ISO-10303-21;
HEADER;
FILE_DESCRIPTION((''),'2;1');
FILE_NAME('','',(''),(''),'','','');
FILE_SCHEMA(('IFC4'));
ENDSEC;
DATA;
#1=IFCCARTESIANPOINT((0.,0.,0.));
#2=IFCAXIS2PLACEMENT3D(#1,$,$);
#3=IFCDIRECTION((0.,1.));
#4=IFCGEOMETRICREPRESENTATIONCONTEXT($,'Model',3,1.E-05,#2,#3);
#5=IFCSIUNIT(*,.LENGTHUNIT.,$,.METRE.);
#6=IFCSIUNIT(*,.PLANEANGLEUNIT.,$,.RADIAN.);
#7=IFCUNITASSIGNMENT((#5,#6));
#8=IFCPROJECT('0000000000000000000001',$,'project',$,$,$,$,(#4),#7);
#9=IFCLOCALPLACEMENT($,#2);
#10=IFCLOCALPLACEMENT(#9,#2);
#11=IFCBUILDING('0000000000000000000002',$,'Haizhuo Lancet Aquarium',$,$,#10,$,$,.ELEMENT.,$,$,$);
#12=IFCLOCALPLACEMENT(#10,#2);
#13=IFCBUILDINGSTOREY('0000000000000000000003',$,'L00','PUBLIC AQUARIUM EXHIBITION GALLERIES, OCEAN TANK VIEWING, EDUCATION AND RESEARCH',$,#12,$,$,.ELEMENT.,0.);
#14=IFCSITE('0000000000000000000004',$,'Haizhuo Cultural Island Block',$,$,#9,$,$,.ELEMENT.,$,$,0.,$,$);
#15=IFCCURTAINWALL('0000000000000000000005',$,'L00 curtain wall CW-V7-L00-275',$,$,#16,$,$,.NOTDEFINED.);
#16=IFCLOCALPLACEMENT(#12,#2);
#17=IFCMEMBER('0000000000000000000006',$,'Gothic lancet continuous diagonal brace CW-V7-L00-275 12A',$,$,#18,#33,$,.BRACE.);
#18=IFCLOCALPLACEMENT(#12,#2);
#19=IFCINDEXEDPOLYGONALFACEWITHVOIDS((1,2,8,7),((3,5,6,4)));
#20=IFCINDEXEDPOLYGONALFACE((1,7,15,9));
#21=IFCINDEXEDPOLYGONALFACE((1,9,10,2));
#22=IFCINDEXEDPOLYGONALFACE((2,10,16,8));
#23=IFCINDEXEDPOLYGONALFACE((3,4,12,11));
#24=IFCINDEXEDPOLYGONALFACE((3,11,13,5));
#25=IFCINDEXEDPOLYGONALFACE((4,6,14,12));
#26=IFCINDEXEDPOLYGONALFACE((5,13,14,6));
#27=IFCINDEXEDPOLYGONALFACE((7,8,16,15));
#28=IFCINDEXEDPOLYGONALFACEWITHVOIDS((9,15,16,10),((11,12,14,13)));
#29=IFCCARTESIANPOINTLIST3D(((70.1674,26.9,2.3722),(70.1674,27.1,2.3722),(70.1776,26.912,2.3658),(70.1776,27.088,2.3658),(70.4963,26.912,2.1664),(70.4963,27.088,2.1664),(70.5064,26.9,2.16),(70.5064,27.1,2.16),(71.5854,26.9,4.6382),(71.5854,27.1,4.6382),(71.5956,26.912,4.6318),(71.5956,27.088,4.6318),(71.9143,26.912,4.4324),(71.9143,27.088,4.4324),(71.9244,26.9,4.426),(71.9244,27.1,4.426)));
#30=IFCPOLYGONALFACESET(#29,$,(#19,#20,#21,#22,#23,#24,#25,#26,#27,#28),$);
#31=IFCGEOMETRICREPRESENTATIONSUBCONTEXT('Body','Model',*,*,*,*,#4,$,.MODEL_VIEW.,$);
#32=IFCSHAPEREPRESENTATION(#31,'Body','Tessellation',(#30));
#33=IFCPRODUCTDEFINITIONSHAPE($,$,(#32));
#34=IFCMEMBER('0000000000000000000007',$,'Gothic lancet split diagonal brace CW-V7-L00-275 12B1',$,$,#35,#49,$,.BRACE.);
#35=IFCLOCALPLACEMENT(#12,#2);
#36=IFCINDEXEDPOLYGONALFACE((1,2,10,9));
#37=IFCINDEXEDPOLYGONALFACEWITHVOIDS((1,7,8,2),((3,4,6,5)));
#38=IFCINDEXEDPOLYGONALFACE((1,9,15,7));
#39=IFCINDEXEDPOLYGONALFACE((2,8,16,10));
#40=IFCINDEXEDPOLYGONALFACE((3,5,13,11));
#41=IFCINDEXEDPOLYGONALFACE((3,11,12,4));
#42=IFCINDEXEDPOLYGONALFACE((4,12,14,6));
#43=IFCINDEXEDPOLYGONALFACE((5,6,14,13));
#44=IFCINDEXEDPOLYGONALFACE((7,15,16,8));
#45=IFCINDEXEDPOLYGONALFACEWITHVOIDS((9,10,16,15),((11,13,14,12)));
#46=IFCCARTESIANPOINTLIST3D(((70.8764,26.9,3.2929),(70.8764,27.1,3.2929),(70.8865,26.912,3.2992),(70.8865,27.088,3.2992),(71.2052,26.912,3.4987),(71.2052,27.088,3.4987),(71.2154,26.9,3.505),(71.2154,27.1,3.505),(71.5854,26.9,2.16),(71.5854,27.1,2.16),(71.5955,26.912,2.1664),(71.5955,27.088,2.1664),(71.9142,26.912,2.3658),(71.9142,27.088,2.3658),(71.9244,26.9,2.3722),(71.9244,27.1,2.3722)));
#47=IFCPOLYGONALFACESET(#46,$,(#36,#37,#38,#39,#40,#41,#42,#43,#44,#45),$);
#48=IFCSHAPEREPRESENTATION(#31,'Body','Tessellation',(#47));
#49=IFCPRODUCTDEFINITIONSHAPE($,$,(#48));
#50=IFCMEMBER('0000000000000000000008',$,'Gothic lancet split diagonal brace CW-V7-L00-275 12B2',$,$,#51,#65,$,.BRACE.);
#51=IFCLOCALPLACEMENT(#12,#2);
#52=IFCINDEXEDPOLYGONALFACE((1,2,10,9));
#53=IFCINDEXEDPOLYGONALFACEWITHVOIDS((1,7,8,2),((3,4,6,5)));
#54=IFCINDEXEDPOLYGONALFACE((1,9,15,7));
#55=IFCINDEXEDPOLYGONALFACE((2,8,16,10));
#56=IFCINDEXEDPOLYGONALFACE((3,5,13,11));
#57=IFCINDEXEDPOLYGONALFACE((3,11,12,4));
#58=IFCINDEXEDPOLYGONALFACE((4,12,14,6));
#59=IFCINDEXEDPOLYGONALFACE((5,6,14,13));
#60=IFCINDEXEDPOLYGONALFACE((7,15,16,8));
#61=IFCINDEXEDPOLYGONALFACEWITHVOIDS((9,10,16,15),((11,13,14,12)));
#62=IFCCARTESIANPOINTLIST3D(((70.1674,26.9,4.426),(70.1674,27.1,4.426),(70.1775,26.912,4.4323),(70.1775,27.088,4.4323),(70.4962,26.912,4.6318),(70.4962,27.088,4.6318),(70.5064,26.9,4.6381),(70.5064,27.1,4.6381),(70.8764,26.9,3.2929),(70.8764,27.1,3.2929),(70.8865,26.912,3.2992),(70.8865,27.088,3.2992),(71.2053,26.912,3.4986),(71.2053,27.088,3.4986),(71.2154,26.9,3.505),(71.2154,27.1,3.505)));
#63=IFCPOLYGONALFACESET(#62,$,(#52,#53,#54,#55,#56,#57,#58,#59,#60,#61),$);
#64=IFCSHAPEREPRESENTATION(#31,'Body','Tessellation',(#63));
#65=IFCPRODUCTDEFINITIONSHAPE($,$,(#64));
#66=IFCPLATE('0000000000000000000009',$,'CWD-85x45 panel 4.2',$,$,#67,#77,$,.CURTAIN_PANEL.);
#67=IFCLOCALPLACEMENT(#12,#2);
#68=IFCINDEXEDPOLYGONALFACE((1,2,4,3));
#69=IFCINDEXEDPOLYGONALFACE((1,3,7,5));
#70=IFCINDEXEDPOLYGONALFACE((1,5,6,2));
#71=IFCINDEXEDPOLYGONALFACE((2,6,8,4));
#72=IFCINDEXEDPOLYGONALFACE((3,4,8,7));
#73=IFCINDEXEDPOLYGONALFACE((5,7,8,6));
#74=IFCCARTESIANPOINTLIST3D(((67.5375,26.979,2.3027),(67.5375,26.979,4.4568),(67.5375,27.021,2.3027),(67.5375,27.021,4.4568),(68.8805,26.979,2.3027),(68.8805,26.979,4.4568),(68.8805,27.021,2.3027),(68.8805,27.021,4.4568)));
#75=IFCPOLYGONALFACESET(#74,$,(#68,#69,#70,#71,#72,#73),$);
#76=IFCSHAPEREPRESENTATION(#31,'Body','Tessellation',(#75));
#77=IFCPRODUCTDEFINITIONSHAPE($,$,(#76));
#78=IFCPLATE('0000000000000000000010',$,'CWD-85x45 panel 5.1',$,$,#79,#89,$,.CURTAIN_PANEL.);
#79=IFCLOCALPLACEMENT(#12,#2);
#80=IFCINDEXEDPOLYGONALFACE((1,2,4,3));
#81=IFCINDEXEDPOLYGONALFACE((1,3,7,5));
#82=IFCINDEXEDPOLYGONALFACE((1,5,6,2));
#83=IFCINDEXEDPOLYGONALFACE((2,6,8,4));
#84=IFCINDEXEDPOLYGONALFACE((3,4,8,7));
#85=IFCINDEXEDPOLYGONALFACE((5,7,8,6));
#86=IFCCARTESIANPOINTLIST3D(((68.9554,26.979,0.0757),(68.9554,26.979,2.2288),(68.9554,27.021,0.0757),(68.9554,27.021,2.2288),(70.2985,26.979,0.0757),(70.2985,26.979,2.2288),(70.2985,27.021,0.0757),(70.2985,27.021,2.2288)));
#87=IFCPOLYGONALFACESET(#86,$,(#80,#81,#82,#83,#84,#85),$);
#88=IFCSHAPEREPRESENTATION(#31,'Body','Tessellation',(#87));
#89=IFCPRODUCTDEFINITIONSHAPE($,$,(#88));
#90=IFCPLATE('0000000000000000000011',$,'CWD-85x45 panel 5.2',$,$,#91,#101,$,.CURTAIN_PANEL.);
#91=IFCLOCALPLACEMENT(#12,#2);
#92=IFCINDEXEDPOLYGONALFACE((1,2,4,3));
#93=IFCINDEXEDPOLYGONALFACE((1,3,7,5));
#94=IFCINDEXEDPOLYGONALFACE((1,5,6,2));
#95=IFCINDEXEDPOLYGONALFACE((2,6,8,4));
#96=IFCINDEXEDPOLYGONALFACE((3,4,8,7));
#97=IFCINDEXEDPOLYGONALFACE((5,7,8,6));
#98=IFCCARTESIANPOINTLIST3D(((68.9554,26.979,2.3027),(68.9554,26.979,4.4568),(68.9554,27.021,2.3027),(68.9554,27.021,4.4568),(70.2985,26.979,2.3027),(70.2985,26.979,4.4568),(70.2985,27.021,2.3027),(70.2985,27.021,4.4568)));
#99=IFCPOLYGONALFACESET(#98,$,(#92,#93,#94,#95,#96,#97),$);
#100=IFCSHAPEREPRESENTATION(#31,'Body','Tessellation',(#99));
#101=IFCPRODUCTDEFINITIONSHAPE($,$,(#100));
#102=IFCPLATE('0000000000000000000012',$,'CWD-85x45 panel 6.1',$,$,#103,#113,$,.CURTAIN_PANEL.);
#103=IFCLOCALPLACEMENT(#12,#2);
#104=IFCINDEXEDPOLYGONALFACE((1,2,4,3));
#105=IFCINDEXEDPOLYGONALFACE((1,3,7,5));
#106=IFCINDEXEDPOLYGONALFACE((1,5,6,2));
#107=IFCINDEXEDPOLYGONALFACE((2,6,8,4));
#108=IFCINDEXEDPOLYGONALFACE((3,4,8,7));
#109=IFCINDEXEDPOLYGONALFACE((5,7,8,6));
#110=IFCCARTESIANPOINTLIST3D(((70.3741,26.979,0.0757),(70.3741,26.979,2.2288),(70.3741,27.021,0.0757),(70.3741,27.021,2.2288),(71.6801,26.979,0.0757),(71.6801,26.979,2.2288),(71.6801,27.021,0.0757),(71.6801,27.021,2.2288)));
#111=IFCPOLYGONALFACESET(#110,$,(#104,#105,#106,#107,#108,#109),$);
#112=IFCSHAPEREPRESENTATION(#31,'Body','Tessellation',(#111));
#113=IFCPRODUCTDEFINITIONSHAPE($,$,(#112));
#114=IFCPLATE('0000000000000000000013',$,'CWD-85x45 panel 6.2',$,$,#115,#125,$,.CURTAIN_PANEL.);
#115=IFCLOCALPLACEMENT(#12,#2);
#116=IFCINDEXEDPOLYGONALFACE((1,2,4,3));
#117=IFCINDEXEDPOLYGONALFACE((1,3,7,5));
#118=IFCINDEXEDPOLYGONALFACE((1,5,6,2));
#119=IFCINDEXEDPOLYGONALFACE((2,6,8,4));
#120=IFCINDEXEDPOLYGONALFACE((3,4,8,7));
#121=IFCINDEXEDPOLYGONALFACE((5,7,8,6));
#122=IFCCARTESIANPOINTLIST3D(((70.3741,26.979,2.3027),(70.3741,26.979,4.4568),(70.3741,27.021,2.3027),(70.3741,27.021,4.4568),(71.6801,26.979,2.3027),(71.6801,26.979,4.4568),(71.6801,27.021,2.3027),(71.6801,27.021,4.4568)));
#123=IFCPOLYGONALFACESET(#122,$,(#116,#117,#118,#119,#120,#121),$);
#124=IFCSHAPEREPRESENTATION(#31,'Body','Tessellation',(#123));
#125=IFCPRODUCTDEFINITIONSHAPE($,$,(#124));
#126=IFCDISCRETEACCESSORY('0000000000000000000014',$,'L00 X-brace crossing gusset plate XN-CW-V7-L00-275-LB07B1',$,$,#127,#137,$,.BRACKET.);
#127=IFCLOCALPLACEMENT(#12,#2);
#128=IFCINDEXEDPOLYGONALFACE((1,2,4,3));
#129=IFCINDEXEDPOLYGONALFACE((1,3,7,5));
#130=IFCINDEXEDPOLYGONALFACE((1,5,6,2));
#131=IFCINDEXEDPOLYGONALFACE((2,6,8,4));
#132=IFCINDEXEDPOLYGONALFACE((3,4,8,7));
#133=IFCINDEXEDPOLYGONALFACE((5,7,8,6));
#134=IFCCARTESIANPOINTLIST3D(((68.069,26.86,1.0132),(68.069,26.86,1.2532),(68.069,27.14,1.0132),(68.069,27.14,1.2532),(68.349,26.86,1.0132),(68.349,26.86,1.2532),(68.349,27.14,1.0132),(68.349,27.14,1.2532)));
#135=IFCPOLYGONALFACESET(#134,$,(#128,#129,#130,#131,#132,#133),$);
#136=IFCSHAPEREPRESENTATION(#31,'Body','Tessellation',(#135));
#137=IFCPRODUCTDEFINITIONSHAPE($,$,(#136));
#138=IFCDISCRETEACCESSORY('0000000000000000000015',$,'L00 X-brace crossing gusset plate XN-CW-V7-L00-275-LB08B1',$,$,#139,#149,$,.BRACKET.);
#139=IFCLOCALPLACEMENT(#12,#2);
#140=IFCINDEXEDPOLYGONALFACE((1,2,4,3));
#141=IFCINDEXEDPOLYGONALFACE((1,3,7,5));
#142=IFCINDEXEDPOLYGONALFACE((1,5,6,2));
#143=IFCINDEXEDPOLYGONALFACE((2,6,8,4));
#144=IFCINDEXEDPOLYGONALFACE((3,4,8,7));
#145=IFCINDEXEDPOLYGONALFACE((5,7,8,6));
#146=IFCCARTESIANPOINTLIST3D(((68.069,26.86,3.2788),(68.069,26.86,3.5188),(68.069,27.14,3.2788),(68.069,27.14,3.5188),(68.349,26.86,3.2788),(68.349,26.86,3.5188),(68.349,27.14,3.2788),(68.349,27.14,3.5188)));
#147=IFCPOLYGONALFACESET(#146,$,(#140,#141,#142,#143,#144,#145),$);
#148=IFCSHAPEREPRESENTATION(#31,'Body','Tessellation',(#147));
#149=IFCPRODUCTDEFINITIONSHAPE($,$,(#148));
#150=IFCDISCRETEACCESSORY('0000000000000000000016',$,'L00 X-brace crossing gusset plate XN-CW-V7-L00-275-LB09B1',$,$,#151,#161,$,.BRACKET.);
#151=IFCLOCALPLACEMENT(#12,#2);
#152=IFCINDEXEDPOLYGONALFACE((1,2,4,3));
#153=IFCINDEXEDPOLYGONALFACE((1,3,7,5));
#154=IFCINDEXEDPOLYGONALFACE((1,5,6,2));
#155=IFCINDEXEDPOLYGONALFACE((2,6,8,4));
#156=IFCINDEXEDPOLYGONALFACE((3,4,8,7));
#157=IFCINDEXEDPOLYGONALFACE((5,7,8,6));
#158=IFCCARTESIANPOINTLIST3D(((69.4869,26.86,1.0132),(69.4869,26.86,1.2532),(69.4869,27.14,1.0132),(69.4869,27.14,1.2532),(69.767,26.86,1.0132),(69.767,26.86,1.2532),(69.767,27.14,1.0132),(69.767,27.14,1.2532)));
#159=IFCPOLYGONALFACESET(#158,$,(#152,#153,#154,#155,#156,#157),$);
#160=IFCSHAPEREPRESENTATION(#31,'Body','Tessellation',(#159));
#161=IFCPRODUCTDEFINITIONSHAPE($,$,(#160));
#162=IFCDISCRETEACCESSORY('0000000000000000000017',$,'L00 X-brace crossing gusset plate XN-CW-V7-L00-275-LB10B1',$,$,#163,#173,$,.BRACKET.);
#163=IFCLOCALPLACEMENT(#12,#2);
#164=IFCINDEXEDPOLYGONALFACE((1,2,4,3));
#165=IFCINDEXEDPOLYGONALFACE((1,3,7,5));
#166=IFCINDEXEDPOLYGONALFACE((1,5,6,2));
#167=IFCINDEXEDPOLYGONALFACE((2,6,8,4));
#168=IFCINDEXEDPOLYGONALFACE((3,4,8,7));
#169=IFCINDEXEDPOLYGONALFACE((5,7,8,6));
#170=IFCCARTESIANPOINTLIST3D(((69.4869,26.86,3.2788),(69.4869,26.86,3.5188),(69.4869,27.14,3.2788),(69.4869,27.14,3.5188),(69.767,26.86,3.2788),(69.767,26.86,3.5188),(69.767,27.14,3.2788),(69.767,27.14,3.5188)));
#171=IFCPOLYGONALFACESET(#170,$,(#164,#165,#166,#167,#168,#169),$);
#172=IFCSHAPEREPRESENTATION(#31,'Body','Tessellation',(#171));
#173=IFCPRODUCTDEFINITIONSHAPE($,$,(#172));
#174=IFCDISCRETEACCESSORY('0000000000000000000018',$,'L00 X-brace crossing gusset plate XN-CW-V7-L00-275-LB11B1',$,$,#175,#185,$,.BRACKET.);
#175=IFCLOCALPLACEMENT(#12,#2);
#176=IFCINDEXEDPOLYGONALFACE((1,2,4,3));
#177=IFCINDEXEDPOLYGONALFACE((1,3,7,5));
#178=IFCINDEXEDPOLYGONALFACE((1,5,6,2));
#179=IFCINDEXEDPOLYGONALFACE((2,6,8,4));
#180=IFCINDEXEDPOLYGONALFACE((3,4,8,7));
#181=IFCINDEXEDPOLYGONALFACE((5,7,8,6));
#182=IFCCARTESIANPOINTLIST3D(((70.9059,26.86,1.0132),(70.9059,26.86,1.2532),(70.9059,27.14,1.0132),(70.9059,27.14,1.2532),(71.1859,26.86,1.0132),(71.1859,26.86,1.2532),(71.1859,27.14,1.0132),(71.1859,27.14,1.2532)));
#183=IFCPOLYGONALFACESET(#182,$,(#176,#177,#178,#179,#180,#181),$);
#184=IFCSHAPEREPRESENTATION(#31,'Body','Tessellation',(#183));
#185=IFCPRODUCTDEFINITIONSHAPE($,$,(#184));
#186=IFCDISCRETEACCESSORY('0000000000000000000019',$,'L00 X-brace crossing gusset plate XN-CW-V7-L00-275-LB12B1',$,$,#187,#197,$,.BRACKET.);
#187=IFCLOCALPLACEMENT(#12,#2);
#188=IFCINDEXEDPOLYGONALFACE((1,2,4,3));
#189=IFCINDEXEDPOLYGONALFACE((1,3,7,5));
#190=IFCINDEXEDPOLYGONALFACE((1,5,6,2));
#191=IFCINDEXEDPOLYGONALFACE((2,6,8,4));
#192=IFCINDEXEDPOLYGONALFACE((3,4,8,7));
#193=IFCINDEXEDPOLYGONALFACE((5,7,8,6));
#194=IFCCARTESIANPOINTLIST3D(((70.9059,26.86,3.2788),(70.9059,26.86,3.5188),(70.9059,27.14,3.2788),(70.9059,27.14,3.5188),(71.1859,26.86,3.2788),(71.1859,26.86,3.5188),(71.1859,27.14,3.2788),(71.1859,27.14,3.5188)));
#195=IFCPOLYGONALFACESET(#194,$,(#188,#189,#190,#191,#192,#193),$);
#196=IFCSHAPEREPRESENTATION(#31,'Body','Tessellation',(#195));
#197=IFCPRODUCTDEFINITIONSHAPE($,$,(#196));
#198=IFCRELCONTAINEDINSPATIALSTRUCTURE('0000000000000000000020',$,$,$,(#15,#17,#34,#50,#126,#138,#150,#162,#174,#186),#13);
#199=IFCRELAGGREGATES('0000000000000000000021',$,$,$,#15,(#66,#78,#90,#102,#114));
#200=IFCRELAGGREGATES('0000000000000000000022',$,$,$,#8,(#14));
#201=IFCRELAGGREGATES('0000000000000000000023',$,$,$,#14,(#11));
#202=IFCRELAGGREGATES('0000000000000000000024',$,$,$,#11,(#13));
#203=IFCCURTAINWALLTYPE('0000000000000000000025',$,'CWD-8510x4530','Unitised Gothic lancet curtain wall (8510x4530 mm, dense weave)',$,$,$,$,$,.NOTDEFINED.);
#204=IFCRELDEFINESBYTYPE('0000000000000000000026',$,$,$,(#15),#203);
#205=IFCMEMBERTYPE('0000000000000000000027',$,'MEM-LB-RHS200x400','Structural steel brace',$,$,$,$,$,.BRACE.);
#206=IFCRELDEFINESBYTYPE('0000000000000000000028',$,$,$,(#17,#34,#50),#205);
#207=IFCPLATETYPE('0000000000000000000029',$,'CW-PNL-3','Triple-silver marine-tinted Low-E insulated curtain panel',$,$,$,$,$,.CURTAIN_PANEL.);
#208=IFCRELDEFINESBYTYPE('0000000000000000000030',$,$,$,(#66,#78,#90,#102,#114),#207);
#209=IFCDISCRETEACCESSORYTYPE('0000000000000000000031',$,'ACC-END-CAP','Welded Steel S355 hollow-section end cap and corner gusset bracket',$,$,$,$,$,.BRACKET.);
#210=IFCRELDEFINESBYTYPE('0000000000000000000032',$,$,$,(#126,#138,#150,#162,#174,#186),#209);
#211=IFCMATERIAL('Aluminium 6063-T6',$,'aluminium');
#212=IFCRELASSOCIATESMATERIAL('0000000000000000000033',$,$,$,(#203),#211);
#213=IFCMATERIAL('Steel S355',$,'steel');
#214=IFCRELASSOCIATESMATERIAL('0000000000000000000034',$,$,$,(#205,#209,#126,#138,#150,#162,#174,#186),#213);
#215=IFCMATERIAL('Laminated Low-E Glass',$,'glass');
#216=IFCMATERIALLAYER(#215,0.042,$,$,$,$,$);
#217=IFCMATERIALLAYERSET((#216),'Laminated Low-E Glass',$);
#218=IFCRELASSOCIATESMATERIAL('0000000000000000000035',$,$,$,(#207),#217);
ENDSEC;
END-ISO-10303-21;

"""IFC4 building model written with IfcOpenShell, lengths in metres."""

from ifc_helpers import new_model, si_unit, direction, frame, origin, origin_2d, place, context, subcontext, project, spatial, rectangle, hollow_rectangle, extrude, material, layer, layer_set, material_profile, profile_set, type_object, element, aggregate, save


model = new_model("IFC4")

# Units and contexts
model_context = context("Model", 3, precision=1e-05, world=origin(), true_north=direction((0.0, 1.0)))
body_context = subcontext(model_context, "Body", "Model", "MODEL_VIEW")
ifc_project = project(units=[si_unit("LENGTHUNIT", "METRE"), si_unit("PLANEANGLEUNIT", "RADIAN")], contexts=[model_context])

# Site, building, storey
site_placement = place(None, origin())
site = spatial("IfcSite", under=ifc_project, at=site_placement, Name="Haizhuo Cultural Island Block", CompositionType="ELEMENT", RefElevation=0.0)
building_placement = place(site_placement, origin())
building = spatial("IfcBuilding", under=site, at=building_placement, Name="Haizhuo Lancet Aquarium", CompositionType="ELEMENT")
storey_placement = place(building_placement, origin())
storey = spatial("IfcBuildingStorey", under=building, at=storey_placement, Name="L00", Description="PUBLIC AQUARIUM EXHIBITION GALLERIES, OCEAN TANK VIEWING, EDUCATION AND RESEARCH", CompositionType="ELEMENT", Elevation=0.0)

# Curtain wall
ifc_material_1 = material(Name="Aluminium 6063-T6", Category="aluminium")
curtain_wall_type = type_object("IfcCurtainWallType", Name="CWD-8510x4530", Description="Unitised Gothic lancet curtain wall (8510x4530 mm, dense weave)", PredefinedType="NOTDEFINED", material=ifc_material_1)
curtain_wall_placement = place(storey_placement, origin())
curtain_wall = element("IfcCurtainWall", 1, at=curtain_wall_placement, inside=storey, type_object=curtain_wall_type, Name="L00 curtain wall CW-V7-L00-275", PredefinedType="NOTDEFINED")

# Members
ifc_material_2 = material(Name="Steel S355", Category="steel")
ifc_material_profile_1 = material_profile(ifc_material_2, hollow_rectangle(XDim=0.2, YDim=0.3999, WallThickness=0.012, at=origin_2d()), Name="RHS 200x400x12")
ifc_profile_set_1 = profile_set([ifc_material_profile_1], Name="Steel S355")
member_type_1 = type_object("IfcMemberType", Name="MEM-LB-RHS200x400", Description="Structural steel brace", PredefinedType="BRACE", material=ifc_profile_set_1)
member_1_placement = place(storey_placement, frame((70.3369, 27.0, 2.2661), z_axis=(0.530483, 0.0, 0.847695), x_axis=(0.0, 1.0, 0.0)))
element("IfcMember", 2, at=member_1_placement, inside=storey, type_object=member_type_1, Name="Gothic lancet continuous diagonal brace CW-V7-L00-275 12A", PredefinedType="BRACE", context=body_context, shape_type="SweptSolid", body=[
    extrude(hollow_rectangle(XDim=0.2, YDim=0.3999, WallThickness=0.012, at=origin_2d()), origin(), (0.0, 0.0, 1.0), 2.6731),
])
member_2_placement = place(storey_placement, frame((71.7549, 27.0, 2.2661), z_axis=(-0.530524, 0.0, 0.84767), x_axis=(0.0, -1.0, 0.0)))
element("IfcMember", 3, at=member_2_placement, inside=storey, type_object=member_type_1, Name="Gothic lancet split diagonal brace CW-V7-L00-275 12B1", PredefinedType="BRACE", context=body_context, shape_type="SweptSolid", body=[
    extrude(hollow_rectangle(XDim=0.2, YDim=0.3999, WallThickness=0.012, at=origin_2d()), origin(), (0.0, 0.0, 1.0), 1.3364),
])
member_3_placement = place(storey_placement, frame((71.0459, 27.0, 3.3989), z_axis=(-0.530442, 0.0, 0.847721), x_axis=(0.0, -1.0, 0.0)))
element("IfcMember", 4, at=member_3_placement, inside=storey, type_object=member_type_1, Name="Gothic lancet split diagonal brace CW-V7-L00-275 12B2", PredefinedType="BRACE", context=body_context, shape_type="SweptSolid", body=[
    extrude(hollow_rectangle(XDim=0.2, YDim=0.3999, WallThickness=0.012, at=origin_2d()), origin(), (0.0, 0.0, 1.0), 1.3367),
])

# Plates
ifc_material_3 = material(Name="Laminated Low-E Glass", Category="glass")
ifc_layer = layer(ifc_material_3, 0.042)
ifc_layer_set = layer_set([ifc_layer], Name="Laminated Low-E Glass")
plate_type = type_object("IfcPlateType", Name="CW-PNL-3", Description="Triple-silver marine-tinted Low-E insulated curtain panel", PredefinedType="CURTAIN_PANEL", material=ifc_layer_set)
plate_1_placement = place(storey_placement, frame((68.209, 27.0, 2.3027), z_axis=(0.0, 0.0, 1.0), x_axis=(1.0, 0.0, 0.0)))
plate_1 = element("IfcPlate", 5, at=plate_1_placement, type_object=plate_type, Name="CWD-85x45 panel 4.2", PredefinedType="CURTAIN_PANEL", context=body_context, shape_type="SweptSolid", body=[
    extrude(rectangle(XDim=1.343, YDim=0.042, at=origin_2d()), origin(), (0.0, 0.0, 1.0), 2.1541),
])
plate_2_placement = place(storey_placement, frame((69.627, 27.0, 0.0757), z_axis=(0.0, 0.0, 1.0), x_axis=(1.0, 0.0, 0.0)))
plate_2 = element("IfcPlate", 6, at=plate_2_placement, type_object=plate_type, Name="CWD-85x45 panel 5.1", PredefinedType="CURTAIN_PANEL", context=body_context, shape_type="SweptSolid", body=[
    extrude(rectangle(XDim=1.343, YDim=0.042, at=origin_2d()), origin(), (0.0, 0.0, 1.0), 2.1531),
])
plate_3_placement = place(storey_placement, frame((69.627, 27.0, 2.3027), z_axis=(0.0, 0.0, 1.0), x_axis=(1.0, 0.0, 0.0)))
plate_3 = element("IfcPlate", 7, at=plate_3_placement, type_object=plate_type, Name="CWD-85x45 panel 5.2", PredefinedType="CURTAIN_PANEL", context=body_context, shape_type="SweptSolid", body=[
    extrude(rectangle(XDim=1.343, YDim=0.042, at=origin_2d()), origin(), (0.0, 0.0, 1.0), 2.1541),
])
plate_4_placement = place(storey_placement, frame((71.0271, 27.0, 0.0757), z_axis=(0.0, 0.0, 1.0), x_axis=(1.0, 0.0, 0.0)))
plate_4 = element("IfcPlate", 8, at=plate_4_placement, type_object=plate_type, Name="CWD-85x45 panel 6.1", PredefinedType="CURTAIN_PANEL", context=body_context, shape_type="SweptSolid", body=[
    extrude(rectangle(XDim=1.3059, YDim=0.042, at=origin_2d()), origin(), (0.0, 0.0, 1.0), 2.1531),
])
plate_5_placement = place(storey_placement, frame((71.0271, 27.0, 2.3027), z_axis=(0.0, 0.0, 1.0), x_axis=(1.0, 0.0, 0.0)))
plate_5 = element("IfcPlate", 9, at=plate_5_placement, type_object=plate_type, Name="CWD-85x45 panel 6.2", PredefinedType="CURTAIN_PANEL", context=body_context, shape_type="SweptSolid", body=[
    extrude(rectangle(XDim=1.3059, YDim=0.042, at=origin_2d()), origin(), (0.0, 0.0, 1.0), 2.1541),
])
aggregate(curtain_wall, [plate_1, plate_2, plate_3, plate_4, plate_5])

# Discrete accessories
discrete_accessory_type = type_object("IfcDiscreteAccessoryType", Name="ACC-END-CAP", Description="Welded Steel S355 hollow-section end cap and corner gusset bracket", PredefinedType="BRACKET", material=ifc_material_2)
for number, where, z_axis, x_axis, name in (
    (10, (68.209, 27.0, 1.0132), (0.0, 0.0, 1.0), (1.0, 0.0, 0.0), "L00 X-brace crossing gusset plate XN-CW-V7-L00-275-LB07B1"),
    (11, (68.209, 27.0, 3.2788), (0.0, 0.0, 1.0), (1.0, 0.0, 0.0), "L00 X-brace crossing gusset plate XN-CW-V7-L00-275-LB08B1"),
    (12, (69.627, 27.0, 1.0132), (0.0, 0.0, 1.0), (1.0, 0.0, 0.0), "L00 X-brace crossing gusset plate XN-CW-V7-L00-275-LB09B1"),
    (13, (69.627, 27.0, 3.2788), (0.0, 0.0, 1.0), (1.0, 0.0, 0.0), "L00 X-brace crossing gusset plate XN-CW-V7-L00-275-LB10B1"),
    (14, (71.0459, 27.0, 1.0132), (0.0, 0.0, 1.0), (1.0, 0.0, 0.0), "L00 X-brace crossing gusset plate XN-CW-V7-L00-275-LB11B1"),
    (15, (71.0459, 27.0, 3.2788), (0.0, 0.0, 1.0), (1.0, 0.0, 0.0), "L00 X-brace crossing gusset plate XN-CW-V7-L00-275-LB12B1"),
):
    element("IfcDiscreteAccessory", number, at=place(storey_placement, frame(where, z_axis=z_axis, x_axis=x_axis)), inside=storey, type_object=discrete_accessory_type, material=ifc_material_2, Name=name, PredefinedType="BRACKET", context=body_context, shape_type="SweptSolid", body=[
        extrude(rectangle(XDim=0.28, YDim=0.28, at=origin_2d()), origin(), (0.0, 0.0, 1.0), 0.24),
    ])

save(model, "model.ifc")
